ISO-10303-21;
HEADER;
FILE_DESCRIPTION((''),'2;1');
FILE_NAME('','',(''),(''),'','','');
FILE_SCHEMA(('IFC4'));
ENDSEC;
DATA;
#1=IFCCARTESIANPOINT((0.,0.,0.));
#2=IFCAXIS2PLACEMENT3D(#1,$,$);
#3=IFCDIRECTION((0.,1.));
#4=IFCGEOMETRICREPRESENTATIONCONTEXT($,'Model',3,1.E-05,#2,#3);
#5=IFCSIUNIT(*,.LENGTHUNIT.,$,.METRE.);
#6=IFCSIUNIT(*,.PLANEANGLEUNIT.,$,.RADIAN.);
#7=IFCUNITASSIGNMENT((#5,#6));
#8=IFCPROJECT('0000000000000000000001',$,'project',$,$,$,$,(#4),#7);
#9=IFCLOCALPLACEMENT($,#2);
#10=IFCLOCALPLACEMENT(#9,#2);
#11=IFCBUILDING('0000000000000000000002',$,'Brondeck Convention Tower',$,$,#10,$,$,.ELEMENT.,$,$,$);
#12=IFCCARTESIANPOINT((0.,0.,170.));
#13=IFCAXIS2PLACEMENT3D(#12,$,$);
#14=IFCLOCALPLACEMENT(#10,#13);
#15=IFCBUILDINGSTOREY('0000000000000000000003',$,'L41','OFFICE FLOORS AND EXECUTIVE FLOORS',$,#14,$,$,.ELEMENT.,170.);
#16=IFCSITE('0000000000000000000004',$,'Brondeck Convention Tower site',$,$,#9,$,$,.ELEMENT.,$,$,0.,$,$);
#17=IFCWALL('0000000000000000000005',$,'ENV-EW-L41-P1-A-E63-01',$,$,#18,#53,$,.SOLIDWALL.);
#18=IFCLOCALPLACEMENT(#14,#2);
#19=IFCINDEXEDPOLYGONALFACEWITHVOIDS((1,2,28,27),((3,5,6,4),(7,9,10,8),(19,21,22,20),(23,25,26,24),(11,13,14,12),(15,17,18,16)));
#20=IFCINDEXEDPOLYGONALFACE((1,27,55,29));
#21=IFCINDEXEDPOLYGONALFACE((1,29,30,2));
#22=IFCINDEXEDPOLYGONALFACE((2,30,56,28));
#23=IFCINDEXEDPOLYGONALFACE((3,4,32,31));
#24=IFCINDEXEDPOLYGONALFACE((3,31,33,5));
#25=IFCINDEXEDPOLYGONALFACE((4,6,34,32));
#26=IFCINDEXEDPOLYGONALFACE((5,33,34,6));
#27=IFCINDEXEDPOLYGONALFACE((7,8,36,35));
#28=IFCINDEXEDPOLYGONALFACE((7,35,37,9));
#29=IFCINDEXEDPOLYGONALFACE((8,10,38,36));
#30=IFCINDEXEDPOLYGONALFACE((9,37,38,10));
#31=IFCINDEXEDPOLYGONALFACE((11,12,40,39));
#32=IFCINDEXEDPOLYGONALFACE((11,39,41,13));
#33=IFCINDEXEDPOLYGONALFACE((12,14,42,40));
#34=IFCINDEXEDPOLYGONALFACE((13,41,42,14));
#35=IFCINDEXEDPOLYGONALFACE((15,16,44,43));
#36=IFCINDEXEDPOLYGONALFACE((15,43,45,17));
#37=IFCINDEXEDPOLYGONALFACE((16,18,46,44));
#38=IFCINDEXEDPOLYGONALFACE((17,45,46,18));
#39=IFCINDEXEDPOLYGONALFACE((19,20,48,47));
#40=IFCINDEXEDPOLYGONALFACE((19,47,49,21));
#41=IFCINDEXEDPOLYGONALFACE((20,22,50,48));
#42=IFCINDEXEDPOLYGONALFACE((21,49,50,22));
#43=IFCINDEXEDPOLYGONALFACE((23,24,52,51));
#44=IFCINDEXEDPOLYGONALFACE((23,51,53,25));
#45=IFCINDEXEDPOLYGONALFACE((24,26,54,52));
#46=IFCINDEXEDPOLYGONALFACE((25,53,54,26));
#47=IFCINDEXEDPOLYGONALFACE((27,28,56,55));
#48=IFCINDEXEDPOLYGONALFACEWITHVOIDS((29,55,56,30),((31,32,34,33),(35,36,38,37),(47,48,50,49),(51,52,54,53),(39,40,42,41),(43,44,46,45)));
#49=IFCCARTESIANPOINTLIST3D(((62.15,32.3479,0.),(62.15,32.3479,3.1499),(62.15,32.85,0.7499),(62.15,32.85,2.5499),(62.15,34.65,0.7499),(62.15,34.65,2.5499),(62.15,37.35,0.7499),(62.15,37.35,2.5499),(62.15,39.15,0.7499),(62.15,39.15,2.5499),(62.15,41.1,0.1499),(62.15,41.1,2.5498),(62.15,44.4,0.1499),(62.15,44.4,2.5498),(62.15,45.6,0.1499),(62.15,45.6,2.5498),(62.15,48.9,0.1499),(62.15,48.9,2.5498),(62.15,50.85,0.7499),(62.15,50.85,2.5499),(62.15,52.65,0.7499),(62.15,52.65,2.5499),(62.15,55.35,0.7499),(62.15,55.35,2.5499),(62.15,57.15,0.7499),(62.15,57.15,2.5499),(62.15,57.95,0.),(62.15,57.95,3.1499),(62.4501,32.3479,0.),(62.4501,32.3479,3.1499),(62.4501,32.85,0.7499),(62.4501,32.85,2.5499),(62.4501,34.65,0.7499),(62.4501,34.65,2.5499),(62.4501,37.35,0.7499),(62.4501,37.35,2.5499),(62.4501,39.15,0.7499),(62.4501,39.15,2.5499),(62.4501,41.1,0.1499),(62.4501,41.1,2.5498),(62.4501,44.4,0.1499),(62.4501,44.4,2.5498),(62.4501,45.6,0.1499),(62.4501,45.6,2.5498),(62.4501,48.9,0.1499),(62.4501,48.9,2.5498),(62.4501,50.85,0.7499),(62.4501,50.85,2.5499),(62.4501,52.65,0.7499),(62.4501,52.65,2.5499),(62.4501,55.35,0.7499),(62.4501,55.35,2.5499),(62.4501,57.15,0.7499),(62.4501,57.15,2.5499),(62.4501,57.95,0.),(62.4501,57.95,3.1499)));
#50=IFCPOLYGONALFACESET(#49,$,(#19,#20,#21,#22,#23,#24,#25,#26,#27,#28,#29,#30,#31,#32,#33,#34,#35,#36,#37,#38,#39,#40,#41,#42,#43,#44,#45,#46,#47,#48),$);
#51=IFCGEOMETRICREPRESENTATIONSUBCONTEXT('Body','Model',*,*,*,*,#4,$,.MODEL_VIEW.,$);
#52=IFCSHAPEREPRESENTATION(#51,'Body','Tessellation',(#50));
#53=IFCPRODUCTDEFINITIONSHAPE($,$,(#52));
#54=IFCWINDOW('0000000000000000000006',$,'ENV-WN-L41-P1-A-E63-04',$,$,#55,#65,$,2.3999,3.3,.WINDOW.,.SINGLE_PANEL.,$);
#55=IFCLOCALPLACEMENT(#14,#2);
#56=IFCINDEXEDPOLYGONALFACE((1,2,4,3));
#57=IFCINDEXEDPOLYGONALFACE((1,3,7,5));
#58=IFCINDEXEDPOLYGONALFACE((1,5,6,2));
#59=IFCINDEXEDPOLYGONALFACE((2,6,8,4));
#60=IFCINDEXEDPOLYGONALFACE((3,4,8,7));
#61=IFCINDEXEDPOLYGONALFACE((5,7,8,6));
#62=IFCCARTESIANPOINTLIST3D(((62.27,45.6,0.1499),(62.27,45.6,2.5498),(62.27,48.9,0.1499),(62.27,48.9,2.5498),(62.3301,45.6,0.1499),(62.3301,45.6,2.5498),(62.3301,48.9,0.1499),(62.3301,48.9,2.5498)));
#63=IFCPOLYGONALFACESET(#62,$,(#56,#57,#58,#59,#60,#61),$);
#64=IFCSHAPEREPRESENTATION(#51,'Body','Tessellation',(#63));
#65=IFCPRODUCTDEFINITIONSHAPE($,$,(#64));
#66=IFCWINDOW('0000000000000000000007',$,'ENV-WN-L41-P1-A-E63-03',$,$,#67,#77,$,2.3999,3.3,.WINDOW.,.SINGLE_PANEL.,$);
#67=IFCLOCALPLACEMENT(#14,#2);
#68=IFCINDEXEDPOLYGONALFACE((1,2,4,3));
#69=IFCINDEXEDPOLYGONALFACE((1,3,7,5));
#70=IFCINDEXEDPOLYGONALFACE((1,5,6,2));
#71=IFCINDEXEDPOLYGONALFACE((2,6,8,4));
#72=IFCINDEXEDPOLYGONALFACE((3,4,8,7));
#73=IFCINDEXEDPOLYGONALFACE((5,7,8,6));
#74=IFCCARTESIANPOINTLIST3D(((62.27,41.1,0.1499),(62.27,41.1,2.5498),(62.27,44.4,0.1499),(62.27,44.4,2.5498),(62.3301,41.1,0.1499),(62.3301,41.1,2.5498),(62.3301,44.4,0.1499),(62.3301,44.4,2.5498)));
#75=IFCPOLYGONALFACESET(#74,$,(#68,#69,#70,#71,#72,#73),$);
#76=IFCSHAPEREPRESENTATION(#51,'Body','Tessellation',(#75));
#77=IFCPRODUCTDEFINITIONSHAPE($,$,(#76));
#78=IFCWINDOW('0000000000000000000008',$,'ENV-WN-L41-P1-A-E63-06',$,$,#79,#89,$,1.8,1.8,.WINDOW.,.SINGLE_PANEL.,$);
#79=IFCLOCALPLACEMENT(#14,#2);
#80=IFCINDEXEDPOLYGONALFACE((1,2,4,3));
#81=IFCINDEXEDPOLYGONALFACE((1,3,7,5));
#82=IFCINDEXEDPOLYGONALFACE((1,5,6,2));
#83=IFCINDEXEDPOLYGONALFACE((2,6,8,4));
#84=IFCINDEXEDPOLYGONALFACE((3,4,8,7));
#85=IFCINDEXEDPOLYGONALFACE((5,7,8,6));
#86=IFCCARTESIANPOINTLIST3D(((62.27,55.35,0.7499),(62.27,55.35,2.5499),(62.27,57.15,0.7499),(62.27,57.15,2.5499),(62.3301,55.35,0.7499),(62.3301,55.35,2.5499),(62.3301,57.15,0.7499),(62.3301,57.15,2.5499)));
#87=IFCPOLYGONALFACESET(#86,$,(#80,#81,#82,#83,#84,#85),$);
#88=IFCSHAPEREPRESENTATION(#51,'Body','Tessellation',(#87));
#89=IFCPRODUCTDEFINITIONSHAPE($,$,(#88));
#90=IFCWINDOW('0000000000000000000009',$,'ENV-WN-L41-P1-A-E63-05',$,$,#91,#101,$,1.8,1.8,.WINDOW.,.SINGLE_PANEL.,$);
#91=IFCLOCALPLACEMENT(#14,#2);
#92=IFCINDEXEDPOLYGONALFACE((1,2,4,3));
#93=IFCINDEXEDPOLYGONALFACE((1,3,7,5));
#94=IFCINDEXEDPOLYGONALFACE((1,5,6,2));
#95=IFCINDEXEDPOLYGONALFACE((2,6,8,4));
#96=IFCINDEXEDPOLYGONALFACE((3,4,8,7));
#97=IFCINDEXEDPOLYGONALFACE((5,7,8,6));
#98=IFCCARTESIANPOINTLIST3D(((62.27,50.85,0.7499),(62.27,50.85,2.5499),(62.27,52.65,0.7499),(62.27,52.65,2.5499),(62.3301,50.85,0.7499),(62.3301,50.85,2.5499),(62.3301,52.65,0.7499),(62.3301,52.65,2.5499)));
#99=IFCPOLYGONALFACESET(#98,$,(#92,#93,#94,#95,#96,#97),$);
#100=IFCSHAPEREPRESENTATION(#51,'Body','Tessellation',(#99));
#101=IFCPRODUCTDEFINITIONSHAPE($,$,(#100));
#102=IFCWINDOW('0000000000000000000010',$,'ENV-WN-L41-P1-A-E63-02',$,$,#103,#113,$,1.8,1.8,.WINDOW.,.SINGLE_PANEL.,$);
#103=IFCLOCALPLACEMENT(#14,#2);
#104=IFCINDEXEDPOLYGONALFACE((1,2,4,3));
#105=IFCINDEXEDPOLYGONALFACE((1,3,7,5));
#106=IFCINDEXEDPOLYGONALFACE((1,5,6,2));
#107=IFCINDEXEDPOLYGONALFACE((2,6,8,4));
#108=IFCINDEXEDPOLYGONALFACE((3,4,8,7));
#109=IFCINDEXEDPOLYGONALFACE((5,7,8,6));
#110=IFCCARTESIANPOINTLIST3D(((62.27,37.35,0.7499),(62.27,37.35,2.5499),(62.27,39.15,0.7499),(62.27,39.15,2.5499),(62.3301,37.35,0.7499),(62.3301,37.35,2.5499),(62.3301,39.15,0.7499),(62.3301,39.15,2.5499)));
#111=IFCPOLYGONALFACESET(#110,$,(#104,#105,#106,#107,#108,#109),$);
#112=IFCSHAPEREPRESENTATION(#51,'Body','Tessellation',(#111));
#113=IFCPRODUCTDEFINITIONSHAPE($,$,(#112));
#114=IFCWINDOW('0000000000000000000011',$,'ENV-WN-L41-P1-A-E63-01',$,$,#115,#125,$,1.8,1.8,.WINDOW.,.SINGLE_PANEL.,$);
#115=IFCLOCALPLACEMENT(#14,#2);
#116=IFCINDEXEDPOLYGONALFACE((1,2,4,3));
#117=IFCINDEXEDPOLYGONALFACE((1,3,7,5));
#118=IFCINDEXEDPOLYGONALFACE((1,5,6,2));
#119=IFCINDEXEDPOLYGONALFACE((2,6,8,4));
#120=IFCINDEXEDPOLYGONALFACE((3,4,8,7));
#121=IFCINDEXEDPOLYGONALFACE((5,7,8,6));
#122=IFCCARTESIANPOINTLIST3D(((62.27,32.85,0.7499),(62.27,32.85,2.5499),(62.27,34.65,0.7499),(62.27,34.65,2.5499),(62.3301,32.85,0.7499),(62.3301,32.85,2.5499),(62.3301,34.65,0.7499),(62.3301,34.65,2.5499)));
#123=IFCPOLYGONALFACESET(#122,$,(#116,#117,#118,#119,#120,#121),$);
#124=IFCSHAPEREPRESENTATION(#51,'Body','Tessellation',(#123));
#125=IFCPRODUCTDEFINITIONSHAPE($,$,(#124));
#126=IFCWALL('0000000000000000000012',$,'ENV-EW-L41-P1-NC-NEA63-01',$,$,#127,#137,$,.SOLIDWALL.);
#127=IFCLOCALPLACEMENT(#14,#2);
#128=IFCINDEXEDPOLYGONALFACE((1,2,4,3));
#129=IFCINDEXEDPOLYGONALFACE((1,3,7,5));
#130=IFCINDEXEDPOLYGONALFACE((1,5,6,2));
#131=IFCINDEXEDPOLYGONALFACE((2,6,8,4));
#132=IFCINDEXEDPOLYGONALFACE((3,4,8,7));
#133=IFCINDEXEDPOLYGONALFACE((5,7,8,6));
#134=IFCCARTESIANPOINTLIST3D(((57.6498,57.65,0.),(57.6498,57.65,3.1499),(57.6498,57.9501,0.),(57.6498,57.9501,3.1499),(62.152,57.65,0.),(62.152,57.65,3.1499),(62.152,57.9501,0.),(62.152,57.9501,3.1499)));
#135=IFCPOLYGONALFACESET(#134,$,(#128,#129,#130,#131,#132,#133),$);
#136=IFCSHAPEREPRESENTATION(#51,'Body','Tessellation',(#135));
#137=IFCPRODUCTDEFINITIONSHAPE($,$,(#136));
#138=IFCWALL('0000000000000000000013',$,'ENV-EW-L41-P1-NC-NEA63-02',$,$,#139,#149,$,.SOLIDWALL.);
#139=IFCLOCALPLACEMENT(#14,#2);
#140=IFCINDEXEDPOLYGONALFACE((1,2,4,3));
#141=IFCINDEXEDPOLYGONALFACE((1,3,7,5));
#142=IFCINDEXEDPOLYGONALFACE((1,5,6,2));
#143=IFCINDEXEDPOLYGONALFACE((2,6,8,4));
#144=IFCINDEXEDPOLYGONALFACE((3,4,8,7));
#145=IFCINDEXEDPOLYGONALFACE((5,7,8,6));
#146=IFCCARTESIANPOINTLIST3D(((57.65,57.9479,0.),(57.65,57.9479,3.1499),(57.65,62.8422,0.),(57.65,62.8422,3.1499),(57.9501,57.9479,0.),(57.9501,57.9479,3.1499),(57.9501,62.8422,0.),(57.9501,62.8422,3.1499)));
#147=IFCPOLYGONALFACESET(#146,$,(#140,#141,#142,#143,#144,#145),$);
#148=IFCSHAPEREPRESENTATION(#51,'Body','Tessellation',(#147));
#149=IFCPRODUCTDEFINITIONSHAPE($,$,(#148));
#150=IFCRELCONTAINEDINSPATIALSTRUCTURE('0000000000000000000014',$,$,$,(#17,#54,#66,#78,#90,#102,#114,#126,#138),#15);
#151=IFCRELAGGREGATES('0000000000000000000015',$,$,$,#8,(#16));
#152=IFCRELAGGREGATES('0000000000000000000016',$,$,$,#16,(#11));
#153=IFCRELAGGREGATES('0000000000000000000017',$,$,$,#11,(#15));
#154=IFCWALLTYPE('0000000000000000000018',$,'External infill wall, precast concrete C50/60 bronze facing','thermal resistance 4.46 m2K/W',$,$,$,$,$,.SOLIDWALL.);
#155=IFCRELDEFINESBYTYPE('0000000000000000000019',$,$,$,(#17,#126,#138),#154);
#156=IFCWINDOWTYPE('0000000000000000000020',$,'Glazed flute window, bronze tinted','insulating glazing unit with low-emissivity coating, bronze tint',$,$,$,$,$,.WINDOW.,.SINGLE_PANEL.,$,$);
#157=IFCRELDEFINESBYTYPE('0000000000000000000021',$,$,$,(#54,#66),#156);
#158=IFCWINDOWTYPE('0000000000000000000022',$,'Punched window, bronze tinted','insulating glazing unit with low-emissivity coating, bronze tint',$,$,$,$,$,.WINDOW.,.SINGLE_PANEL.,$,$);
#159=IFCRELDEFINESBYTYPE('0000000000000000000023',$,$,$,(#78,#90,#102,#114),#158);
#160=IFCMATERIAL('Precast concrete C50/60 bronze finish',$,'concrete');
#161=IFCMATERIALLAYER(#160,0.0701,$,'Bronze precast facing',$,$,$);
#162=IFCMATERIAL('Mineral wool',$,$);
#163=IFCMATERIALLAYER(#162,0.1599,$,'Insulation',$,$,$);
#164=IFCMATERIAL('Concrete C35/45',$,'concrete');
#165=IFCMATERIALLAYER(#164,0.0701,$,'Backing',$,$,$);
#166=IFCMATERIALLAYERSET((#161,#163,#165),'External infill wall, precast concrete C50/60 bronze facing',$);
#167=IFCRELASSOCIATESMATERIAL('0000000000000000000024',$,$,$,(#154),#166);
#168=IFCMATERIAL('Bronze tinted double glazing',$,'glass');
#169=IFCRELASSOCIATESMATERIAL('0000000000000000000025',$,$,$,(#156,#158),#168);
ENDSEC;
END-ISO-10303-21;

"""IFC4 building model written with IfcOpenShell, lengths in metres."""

from ifc_helpers import new_model, si_unit, direction, frame, frame_2d, origin, place, context, subcontext, project, spatial, rectangle, extrude, material, layer, layer_set, type_object, element, fill, save


model = new_model("IFC4")

# Units and contexts
model_context = context("Model", 3, precision=1e-05, world=origin(), true_north=direction((0.0, 1.0)))
body_context = subcontext(model_context, "Body", "Model", "MODEL_VIEW")
ifc_project = project(units=[si_unit("LENGTHUNIT", "METRE"), si_unit("PLANEANGLEUNIT", "RADIAN")], contexts=[model_context])

# Site, building, storey
site_placement = place(None, origin())
site = spatial("IfcSite", under=ifc_project, at=site_placement, Name="Brondeck Convention Tower site", CompositionType="ELEMENT", RefElevation=0.0)
building_placement = place(site_placement, origin())
building = spatial("IfcBuilding", under=site, at=building_placement, Name="Brondeck Convention Tower", CompositionType="ELEMENT")
storey_placement = place(building_placement, frame((0.0, 0.0, 170.0)))
storey = spatial("IfcBuildingStorey", under=building, at=storey_placement, Name="L41", Description="OFFICE FLOORS AND EXECUTIVE FLOORS", CompositionType="ELEMENT", Elevation=170.0)

# Wall, openings, windows
ifc_material_1 = material(Name="Precast concrete C50/60 bronze finish", Category="concrete")
ifc_layer_1 = layer(ifc_material_1, 0.0701, Name="Bronze precast facing")
ifc_material_2 = material(Name="Mineral wool")
ifc_layer_2 = layer(ifc_material_2, 0.1599, Name="Insulation")
ifc_material_3 = material(Name="Concrete C35/45", Category="concrete")
ifc_layer_3 = layer(ifc_material_3, 0.0701, Name="Backing")
ifc_layer_set = layer_set([ifc_layer_1, ifc_layer_2, ifc_layer_3], Name="External infill wall, precast concrete C50/60 bronze facing")
wall_type = type_object("IfcWallType", Name="External infill wall, precast concrete C50/60 bronze facing", Description="thermal resistance 4.46 m2K/W", PredefinedType="SOLIDWALL", material=ifc_layer_set)
wall_1_placement = place(storey_placement, frame((62.3, 57.95, 0.0), z_axis=(0.0, 0.0, 1.0), x_axis=(0.0, -1.0, 0.0)))
wall_1 = element("IfcWall", 1, at=wall_1_placement, inside=storey, type_object=wall_type, Name="ENV-EW-L41-P1-A-E63-01", PredefinedType="SOLIDWALL", context=body_context, shape_type="SweptSolid", body=[
    extrude(rectangle(XDim=25.6021, YDim=0.3, at=frame_2d((12.801, 0.0))), origin(), (0.0, 0.0, 1.0), 3.1499),
])
opening_1_placement = place(wall_1_placement, frame((0.8, 0.0, 0.75)))
opening_1 = element("IfcOpeningElement", 2, at=opening_1_placement, cuts=wall_1, PredefinedType="OPENING", context=body_context, shape_type="SweptSolid", body=[
    extrude(rectangle(XDim=1.8, YDim=1.8, at=frame_2d((0.8999, 0.8999))), frame((0.0, 0.1599, 0.0), z_axis=(0.0, -1.0, 0.0), x_axis=(1.0, 0.0, 0.0)), (0.0, 0.0, 1.0), 0.3201),
])
opening_2_placement = place(wall_1_placement, frame((5.3, 0.0, 0.75)))
opening_2 = element("IfcOpeningElement", 3, at=opening_2_placement, cuts=wall_1, PredefinedType="OPENING", context=body_context, shape_type="SweptSolid", body=[
    extrude(rectangle(XDim=1.8, YDim=1.8, at=frame_2d((0.8999, 0.8999))), frame((0.0, 0.1599, 0.0), z_axis=(0.0, -1.0, 0.0), x_axis=(1.0, 0.0, 0.0)), (0.0, 0.0, 1.0), 0.3201),
])
opening_3_placement = place(wall_1_placement, frame((9.05, 0.0, 0.1499)))
opening_3 = element("IfcOpeningElement", 4, at=opening_3_placement, cuts=wall_1, PredefinedType="OPENING", context=body_context, shape_type="SweptSolid", body=[
    extrude(rectangle(XDim=3.3, YDim=2.3999, at=frame_2d((1.6499, 1.2))), frame((0.0, 0.1599, 0.0), z_axis=(0.0, -1.0, 0.0), x_axis=(1.0, 0.0, 0.0)), (0.0, 0.0, 1.0), 0.3201),
])
opening_4_placement = place(wall_1_placement, frame((13.55, 0.0, 0.1499)))
opening_4 = element("IfcOpeningElement", 5, at=opening_4_placement, cuts=wall_1, PredefinedType="OPENING", context=body_context, shape_type="SweptSolid", body=[
    extrude(rectangle(XDim=3.3, YDim=2.3999, at=frame_2d((1.6499, 1.2))), frame((0.0, 0.1599, 0.0), z_axis=(0.0, -1.0, 0.0), x_axis=(1.0, 0.0, 0.0)), (0.0, 0.0, 1.0), 0.3201),
])
opening_5_placement = place(wall_1_placement, frame((18.8, 0.0, 0.75)))
opening_5 = element("IfcOpeningElement", 6, at=opening_5_placement, cuts=wall_1, PredefinedType="OPENING", context=body_context, shape_type="SweptSolid", body=[
    extrude(rectangle(XDim=1.8, YDim=1.8, at=frame_2d((0.8999, 0.8999))), frame((0.0, 0.1599, 0.0), z_axis=(0.0, -1.0, 0.0), x_axis=(1.0, 0.0, 0.0)), (0.0, 0.0, 1.0), 0.3201),
])
opening_6_placement = place(wall_1_placement, frame((23.3, 0.0, 0.75)))
opening_6 = element("IfcOpeningElement", 7, at=opening_6_placement, cuts=wall_1, PredefinedType="OPENING", context=body_context, shape_type="SweptSolid", body=[
    extrude(rectangle(XDim=1.8, YDim=1.8, at=frame_2d((0.8999, 0.8999))), frame((0.0, 0.1599, 0.0), z_axis=(0.0, -1.0, 0.0), x_axis=(1.0, 0.0, 0.0)), (0.0, 0.0, 1.0), 0.3201),
])
ifc_material_4 = material(Name="Bronze tinted double glazing", Category="glass")
window_type_1 = type_object("IfcWindowType", Name="Glazed flute window, bronze tinted", Description="insulating glazing unit with low-emissivity coating, bronze tint", PartitioningType="SINGLE_PANEL", PredefinedType="WINDOW", material=ifc_material_4)
window_1_placement = place(opening_3_placement, origin())
window_1 = element("IfcWindow", 8, at=window_1_placement, inside=storey, type_object=window_type_1, Name="ENV-WN-L41-P1-A-E63-04", OverallHeight=2.3999, OverallWidth=3.3, PartitioningType="SINGLE_PANEL", PredefinedType="WINDOW", context=body_context, shape_type="SweptSolid", body=[
    extrude(rectangle(XDim=3.3, YDim=2.3999, at=frame_2d((1.6499, 1.2))), frame((0.0, 0.03, 0.0), z_axis=(0.0, -1.0, 0.0), x_axis=(1.0, 0.0, 0.0)), (0.0, 0.0, 1.0), 0.0601),
])
fill(opening_3, window_1)
window_2_placement = place(opening_4_placement, origin())
window_2 = element("IfcWindow", 9, at=window_2_placement, inside=storey, type_object=window_type_1, Name="ENV-WN-L41-P1-A-E63-03", OverallHeight=2.3999, OverallWidth=3.3, PartitioningType="SINGLE_PANEL", PredefinedType="WINDOW", context=body_context, shape_type="SweptSolid", body=[
    extrude(rectangle(XDim=3.3, YDim=2.3999, at=frame_2d((1.6499, 1.2))), frame((0.0, 0.03, 0.0), z_axis=(0.0, -1.0, 0.0), x_axis=(1.0, 0.0, 0.0)), (0.0, 0.0, 1.0), 0.0601),
])
fill(opening_4, window_2)
window_type_2 = type_object("IfcWindowType", Name="Punched window, bronze tinted", Description="insulating glazing unit with low-emissivity coating, bronze tint", PartitioningType="SINGLE_PANEL", PredefinedType="WINDOW", material=ifc_material_4)
window_3_placement = place(opening_1_placement, origin())
window_3 = element("IfcWindow", 10, at=window_3_placement, inside=storey, type_object=window_type_2, Name="ENV-WN-L41-P1-A-E63-06", OverallHeight=1.8, OverallWidth=1.8, PartitioningType="SINGLE_PANEL", PredefinedType="WINDOW", context=body_context, shape_type="SweptSolid", body=[
    extrude(rectangle(XDim=1.8, YDim=1.8, at=frame_2d((0.8999, 0.8999))), frame((0.0, 0.03, 0.0), z_axis=(0.0, -1.0, 0.0), x_axis=(1.0, 0.0, 0.0)), (0.0, 0.0, 1.0), 0.0601),
])
fill(opening_1, window_3)
window_4_placement = place(opening_2_placement, origin())
window_4 = element("IfcWindow", 11, at=window_4_placement, inside=storey, type_object=window_type_2, Name="ENV-WN-L41-P1-A-E63-05", OverallHeight=1.8, OverallWidth=1.8, PartitioningType="SINGLE_PANEL", PredefinedType="WINDOW", context=body_context, shape_type="SweptSolid", body=[
    extrude(rectangle(XDim=1.8, YDim=1.8, at=frame_2d((0.8999, 0.8999))), frame((0.0, 0.03, 0.0), z_axis=(0.0, -1.0, 0.0), x_axis=(1.0, 0.0, 0.0)), (0.0, 0.0, 1.0), 0.0601),
])
fill(opening_2, window_4)
window_5_placement = place(opening_5_placement, origin())
window_5 = element("IfcWindow", 12, at=window_5_placement, inside=storey, type_object=window_type_2, Name="ENV-WN-L41-P1-A-E63-02", OverallHeight=1.8, OverallWidth=1.8, PartitioningType="SINGLE_PANEL", PredefinedType="WINDOW", context=body_context, shape_type="SweptSolid", body=[
    extrude(rectangle(XDim=1.8, YDim=1.8, at=frame_2d((0.8999, 0.8999))), frame((0.0, 0.03, 0.0), z_axis=(0.0, -1.0, 0.0), x_axis=(1.0, 0.0, 0.0)), (0.0, 0.0, 1.0), 0.0601),
])
fill(opening_5, window_5)
window_6_placement = place(opening_6_placement, origin())
window_6 = element("IfcWindow", 13, at=window_6_placement, inside=storey, type_object=window_type_2, Name="ENV-WN-L41-P1-A-E63-01", OverallHeight=1.8, OverallWidth=1.8, PartitioningType="SINGLE_PANEL", PredefinedType="WINDOW", context=body_context, shape_type="SweptSolid", body=[
    extrude(rectangle(XDim=1.8, YDim=1.8, at=frame_2d((0.8999, 0.8999))), frame((0.0, 0.03, 0.0), z_axis=(0.0, -1.0, 0.0), x_axis=(1.0, 0.0, 0.0)), (0.0, 0.0, 1.0), 0.0601),
])
fill(opening_6, window_6)

# Walls
wall_2_placement = place(storey_placement, frame((57.6499, 57.8, 0.0), z_axis=(0.0, 0.0, 1.0), x_axis=(1.0, 0.0, 0.0)))
element("IfcWall", 14, at=wall_2_placement, inside=storey, type_object=wall_type, Name="ENV-EW-L41-P1-NC-NEA63-01", PredefinedType="SOLIDWALL", context=body_context, shape_type="SweptSolid", body=[
    extrude(rectangle(XDim=4.5022, YDim=0.3, at=frame_2d((2.251, 0.0))), origin(), (0.0, 0.0, 1.0), 3.1499),
])
wall_3_placement = place(storey_placement, frame((57.8, 62.8423, 0.0), z_axis=(0.0, 0.0, 1.0), x_axis=(0.0, -1.0, 0.0)))
element("IfcWall", 15, at=wall_3_placement, inside=storey, type_object=wall_type, Name="ENV-EW-L41-P1-NC-NEA63-02", PredefinedType="SOLIDWALL", context=body_context, shape_type="SweptSolid", body=[
    extrude(rectangle(XDim=4.8943, YDim=0.3, at=frame_2d((2.4473, 0.0))), origin(), (0.0, 0.0, 1.0), 3.1499),
])

save(model, "model.ifc")
